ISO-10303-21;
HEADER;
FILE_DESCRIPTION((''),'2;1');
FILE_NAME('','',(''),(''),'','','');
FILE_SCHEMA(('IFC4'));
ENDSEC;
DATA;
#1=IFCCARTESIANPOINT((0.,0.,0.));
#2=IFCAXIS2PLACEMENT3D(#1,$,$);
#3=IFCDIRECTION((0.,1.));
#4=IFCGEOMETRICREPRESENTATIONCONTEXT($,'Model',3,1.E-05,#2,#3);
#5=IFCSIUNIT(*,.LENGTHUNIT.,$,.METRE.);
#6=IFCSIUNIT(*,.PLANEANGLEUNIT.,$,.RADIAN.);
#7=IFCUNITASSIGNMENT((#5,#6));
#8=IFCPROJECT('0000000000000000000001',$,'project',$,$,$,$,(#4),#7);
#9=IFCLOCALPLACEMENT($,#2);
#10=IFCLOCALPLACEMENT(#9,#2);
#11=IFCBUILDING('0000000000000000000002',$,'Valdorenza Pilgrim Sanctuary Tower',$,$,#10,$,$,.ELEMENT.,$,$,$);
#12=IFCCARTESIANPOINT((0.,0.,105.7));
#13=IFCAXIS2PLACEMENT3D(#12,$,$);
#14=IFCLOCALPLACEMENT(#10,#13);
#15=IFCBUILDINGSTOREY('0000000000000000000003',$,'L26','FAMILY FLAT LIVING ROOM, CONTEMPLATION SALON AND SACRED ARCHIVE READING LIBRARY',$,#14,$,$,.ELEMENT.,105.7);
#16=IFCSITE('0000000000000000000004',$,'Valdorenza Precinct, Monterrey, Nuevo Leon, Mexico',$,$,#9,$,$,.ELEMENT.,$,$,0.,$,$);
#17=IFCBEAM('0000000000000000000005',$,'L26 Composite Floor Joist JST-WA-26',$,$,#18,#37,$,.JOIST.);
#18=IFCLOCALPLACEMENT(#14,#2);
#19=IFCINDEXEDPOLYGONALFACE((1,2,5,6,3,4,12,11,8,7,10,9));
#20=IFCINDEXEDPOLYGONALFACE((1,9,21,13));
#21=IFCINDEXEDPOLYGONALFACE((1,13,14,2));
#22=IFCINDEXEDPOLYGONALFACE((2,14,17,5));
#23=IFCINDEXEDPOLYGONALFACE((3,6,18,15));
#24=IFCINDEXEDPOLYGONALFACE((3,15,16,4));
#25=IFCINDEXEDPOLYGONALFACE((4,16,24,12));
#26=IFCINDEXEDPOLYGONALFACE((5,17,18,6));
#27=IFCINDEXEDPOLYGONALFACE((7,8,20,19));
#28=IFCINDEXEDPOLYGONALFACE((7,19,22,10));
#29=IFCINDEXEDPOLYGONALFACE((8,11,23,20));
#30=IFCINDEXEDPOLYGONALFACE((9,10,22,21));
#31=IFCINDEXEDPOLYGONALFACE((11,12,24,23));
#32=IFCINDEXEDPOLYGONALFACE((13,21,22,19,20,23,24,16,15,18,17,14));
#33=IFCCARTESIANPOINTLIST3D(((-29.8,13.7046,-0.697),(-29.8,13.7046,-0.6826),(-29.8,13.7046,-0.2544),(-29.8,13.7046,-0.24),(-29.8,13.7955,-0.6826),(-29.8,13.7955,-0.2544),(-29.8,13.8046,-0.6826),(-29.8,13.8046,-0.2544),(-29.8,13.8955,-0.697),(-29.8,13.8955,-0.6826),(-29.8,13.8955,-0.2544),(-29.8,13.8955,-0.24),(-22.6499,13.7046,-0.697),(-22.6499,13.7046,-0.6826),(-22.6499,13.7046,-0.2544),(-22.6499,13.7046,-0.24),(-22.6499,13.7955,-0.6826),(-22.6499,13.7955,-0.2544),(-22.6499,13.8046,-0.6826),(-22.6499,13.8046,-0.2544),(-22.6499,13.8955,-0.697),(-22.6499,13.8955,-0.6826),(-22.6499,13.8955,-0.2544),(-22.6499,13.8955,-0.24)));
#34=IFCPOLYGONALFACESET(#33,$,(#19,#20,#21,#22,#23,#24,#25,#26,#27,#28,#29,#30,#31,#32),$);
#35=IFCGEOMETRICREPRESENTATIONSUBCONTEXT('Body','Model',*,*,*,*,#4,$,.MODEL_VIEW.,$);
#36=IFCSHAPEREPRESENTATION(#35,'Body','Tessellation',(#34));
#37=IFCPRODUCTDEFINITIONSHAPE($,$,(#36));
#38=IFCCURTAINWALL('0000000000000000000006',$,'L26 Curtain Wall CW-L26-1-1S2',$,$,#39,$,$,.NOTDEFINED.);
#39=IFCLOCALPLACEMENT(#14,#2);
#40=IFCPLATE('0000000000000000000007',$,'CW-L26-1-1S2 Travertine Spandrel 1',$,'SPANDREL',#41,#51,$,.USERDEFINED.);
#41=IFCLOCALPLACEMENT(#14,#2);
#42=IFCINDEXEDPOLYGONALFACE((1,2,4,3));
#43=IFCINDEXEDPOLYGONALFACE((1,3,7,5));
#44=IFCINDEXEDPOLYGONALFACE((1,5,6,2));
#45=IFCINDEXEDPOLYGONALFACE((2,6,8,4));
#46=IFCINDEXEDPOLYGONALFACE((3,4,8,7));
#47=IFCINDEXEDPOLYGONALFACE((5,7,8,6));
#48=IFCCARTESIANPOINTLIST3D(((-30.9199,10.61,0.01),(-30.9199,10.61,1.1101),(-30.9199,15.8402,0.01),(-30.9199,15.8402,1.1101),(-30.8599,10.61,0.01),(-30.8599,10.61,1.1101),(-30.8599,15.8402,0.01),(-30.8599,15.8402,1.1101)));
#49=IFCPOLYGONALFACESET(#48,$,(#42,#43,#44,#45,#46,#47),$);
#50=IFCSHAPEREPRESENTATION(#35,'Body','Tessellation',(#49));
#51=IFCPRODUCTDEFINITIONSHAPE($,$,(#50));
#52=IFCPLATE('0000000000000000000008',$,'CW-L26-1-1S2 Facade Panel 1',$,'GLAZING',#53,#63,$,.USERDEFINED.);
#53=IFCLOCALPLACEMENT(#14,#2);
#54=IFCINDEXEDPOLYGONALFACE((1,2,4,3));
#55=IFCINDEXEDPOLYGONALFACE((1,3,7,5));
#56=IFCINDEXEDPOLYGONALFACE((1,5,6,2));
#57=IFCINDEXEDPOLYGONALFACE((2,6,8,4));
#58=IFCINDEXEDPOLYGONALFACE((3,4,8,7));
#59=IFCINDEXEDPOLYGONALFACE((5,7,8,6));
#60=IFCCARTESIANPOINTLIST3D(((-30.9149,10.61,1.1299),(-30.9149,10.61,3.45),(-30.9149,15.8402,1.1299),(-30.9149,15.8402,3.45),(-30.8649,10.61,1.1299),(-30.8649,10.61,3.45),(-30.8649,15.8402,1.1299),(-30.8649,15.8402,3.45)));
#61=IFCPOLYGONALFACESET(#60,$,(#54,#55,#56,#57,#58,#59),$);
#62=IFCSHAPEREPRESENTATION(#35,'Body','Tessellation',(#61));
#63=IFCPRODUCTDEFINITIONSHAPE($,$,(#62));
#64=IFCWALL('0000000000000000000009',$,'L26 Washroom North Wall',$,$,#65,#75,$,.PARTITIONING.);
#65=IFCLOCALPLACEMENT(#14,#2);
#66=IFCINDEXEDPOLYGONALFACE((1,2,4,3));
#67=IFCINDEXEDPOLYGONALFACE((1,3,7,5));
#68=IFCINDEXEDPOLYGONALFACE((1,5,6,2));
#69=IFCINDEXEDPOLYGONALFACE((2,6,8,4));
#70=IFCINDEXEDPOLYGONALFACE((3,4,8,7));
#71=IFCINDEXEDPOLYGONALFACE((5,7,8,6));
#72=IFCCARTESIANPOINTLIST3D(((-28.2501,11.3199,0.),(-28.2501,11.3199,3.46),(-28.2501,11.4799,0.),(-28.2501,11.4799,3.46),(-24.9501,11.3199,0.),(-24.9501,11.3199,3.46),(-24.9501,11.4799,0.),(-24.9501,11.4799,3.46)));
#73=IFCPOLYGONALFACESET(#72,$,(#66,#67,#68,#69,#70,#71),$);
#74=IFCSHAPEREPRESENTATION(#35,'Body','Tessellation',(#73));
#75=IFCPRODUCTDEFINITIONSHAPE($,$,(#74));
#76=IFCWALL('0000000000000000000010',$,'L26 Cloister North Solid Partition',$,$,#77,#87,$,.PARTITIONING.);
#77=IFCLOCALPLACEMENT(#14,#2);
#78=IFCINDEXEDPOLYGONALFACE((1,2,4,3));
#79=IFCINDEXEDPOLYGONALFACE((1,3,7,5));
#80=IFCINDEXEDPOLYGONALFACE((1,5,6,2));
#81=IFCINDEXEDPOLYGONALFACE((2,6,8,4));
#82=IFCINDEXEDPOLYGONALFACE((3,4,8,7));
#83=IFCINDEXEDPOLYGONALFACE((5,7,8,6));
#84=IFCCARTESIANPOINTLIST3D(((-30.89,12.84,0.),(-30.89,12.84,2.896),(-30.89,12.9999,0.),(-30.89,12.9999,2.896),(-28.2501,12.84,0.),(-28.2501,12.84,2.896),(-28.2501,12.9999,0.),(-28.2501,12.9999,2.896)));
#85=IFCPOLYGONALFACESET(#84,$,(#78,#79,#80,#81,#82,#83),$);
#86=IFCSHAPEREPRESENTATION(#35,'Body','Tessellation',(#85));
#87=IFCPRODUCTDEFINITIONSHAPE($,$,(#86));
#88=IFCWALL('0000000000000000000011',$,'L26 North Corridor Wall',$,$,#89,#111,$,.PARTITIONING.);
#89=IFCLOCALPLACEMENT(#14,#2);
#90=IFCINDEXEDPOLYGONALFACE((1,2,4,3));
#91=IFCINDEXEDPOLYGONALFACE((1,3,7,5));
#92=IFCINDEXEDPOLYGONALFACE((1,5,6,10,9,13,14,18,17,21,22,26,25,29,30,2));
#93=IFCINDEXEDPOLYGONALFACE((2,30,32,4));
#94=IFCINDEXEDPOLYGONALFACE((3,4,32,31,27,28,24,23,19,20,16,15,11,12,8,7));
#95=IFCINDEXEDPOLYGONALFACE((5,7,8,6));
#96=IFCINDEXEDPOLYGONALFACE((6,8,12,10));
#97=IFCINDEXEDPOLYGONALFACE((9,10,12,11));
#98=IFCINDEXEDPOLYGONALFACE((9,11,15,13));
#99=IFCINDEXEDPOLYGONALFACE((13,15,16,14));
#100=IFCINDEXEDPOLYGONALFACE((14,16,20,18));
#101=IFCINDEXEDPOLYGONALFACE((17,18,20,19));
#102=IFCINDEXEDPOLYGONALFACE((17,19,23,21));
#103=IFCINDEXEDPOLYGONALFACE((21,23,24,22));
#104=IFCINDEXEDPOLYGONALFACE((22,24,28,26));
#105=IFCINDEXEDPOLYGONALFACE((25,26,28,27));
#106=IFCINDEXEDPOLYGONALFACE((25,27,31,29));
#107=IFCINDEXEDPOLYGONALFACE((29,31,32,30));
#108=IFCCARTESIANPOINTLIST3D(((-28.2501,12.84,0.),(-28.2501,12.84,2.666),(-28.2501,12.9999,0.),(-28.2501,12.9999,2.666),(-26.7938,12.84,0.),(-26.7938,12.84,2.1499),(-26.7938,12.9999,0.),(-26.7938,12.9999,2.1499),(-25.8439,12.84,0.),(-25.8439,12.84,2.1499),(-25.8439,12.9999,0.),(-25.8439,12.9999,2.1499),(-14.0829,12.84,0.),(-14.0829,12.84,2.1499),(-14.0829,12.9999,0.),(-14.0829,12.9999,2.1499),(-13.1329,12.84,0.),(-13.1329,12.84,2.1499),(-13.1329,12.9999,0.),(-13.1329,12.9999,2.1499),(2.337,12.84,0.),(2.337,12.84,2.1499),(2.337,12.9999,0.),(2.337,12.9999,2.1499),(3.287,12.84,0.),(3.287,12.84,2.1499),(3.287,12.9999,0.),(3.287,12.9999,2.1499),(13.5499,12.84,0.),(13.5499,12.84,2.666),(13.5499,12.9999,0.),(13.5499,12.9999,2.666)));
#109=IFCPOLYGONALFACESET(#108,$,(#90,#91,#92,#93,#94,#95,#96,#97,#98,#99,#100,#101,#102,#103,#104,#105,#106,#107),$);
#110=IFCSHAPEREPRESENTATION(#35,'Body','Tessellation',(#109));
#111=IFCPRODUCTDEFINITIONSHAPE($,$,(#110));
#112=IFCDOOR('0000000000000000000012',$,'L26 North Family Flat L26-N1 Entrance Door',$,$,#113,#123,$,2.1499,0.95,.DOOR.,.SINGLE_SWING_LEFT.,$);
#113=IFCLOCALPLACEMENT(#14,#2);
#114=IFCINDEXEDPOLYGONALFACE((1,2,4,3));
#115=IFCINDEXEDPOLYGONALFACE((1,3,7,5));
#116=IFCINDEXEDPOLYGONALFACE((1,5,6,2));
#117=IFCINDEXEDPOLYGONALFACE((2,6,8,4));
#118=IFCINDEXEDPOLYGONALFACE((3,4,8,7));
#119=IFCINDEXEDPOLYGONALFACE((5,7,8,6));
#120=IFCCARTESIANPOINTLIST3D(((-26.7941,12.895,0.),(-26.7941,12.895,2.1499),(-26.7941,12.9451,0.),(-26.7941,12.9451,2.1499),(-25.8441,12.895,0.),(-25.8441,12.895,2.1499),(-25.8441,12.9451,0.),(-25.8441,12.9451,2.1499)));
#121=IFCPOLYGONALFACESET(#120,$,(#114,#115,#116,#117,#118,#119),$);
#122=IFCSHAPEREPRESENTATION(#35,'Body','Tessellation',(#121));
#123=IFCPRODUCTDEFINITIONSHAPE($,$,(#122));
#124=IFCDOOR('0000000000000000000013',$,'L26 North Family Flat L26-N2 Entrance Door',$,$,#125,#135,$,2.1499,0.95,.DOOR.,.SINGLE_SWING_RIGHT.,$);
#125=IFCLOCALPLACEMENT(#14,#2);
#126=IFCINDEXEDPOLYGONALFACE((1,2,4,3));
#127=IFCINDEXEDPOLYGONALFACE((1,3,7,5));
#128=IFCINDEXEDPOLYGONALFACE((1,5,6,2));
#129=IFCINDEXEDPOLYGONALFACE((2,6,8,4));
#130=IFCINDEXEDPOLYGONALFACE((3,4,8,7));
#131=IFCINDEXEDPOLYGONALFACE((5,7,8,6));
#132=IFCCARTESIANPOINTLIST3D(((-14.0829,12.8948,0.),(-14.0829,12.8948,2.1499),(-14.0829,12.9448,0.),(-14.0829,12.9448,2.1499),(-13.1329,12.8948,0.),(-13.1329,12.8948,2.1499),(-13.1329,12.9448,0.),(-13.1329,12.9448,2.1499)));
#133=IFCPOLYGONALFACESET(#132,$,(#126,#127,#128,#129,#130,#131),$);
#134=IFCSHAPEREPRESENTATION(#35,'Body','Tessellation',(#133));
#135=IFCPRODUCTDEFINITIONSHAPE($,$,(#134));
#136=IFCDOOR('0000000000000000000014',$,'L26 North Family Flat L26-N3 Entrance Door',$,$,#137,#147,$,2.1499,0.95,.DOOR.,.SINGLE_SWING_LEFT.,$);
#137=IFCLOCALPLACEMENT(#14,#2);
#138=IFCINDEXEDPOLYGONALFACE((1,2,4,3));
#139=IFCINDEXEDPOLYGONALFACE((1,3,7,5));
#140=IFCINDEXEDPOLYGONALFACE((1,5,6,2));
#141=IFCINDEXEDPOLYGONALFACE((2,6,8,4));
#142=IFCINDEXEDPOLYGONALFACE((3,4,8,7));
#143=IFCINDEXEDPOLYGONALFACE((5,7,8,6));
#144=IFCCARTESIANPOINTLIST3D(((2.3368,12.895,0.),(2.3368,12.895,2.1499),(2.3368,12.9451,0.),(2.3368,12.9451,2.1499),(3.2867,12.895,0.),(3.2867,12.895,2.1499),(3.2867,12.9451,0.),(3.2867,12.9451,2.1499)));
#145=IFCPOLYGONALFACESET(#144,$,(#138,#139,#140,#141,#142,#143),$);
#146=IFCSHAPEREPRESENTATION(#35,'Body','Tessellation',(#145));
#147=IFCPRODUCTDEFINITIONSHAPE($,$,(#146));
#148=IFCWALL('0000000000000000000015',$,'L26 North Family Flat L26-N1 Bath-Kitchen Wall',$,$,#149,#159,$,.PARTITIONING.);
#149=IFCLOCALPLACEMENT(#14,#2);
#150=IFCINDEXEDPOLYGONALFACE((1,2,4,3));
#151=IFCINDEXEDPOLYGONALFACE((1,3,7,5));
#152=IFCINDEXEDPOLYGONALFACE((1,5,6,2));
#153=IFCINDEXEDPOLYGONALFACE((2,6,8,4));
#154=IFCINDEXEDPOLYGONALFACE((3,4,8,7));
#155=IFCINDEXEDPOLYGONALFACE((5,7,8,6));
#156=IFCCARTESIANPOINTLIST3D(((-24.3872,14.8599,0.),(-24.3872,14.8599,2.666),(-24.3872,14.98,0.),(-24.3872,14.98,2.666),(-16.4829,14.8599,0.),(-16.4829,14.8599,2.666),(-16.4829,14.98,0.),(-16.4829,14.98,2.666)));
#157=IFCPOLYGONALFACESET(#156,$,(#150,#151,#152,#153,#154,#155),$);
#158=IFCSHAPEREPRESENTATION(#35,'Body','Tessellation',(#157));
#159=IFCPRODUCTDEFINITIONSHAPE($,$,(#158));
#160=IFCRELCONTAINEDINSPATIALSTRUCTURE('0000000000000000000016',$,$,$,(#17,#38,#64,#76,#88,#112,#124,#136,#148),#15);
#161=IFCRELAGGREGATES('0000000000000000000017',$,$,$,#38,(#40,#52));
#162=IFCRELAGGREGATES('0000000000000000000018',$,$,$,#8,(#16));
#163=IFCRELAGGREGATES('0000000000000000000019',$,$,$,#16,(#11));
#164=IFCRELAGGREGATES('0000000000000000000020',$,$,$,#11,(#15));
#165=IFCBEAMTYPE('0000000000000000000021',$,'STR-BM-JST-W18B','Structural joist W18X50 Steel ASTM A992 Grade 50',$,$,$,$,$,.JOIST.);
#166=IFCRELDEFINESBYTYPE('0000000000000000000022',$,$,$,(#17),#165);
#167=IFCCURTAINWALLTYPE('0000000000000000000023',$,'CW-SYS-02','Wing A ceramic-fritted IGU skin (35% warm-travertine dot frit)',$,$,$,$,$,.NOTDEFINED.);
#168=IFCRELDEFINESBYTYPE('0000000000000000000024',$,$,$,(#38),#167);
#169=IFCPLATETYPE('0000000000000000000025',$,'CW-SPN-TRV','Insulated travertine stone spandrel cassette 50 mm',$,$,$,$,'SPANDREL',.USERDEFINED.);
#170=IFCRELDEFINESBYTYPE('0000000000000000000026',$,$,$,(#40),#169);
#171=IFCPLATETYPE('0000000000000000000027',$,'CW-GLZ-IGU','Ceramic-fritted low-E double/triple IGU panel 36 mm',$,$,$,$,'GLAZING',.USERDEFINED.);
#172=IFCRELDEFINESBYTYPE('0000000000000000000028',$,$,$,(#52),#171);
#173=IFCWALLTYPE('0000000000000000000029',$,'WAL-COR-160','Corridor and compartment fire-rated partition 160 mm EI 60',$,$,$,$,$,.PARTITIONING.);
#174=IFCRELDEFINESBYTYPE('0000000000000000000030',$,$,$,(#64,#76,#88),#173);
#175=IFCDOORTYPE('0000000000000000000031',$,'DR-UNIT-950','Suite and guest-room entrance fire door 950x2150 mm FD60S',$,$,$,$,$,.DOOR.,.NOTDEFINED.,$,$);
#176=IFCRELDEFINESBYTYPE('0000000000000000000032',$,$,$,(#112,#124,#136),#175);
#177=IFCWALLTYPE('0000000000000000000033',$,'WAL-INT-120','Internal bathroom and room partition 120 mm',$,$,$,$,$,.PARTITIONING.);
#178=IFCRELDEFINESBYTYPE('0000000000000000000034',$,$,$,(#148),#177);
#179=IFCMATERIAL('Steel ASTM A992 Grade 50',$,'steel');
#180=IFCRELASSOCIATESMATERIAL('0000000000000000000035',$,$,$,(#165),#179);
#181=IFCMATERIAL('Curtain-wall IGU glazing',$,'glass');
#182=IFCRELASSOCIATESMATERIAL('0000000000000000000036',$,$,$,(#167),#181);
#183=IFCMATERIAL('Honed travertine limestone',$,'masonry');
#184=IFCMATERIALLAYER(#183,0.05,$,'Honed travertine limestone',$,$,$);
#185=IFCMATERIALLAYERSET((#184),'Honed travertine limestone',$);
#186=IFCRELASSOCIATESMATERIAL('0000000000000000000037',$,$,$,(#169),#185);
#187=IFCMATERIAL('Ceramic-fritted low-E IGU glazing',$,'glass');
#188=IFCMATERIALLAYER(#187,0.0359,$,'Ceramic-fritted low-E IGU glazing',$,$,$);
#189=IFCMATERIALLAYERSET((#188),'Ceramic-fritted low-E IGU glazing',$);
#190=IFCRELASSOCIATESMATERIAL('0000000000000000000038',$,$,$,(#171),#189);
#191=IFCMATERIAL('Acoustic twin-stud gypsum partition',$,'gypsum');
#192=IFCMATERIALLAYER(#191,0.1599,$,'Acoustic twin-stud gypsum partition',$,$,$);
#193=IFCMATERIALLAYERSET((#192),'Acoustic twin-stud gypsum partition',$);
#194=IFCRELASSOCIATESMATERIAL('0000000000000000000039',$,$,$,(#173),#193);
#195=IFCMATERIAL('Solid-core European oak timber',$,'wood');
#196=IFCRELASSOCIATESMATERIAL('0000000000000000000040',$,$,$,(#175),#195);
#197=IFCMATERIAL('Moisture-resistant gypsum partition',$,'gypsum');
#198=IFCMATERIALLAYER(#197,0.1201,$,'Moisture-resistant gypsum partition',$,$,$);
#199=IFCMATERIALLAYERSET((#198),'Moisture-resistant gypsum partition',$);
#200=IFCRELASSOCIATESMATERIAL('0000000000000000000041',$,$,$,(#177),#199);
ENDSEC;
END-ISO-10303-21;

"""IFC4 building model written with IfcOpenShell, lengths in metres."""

from ifc_helpers import new_model, si_unit, direction, frame, frame_2d, origin, origin_2d, place, context, subcontext, project, spatial, rectangle, i_section, extrude, source, transform, mapped, material, layer, layer_set, material_profile, profile_set, type_object, element, fill, aggregate, save


model = new_model("IFC4")

# Units and contexts
model_context = context("Model", 3, precision=1e-05, world=origin(), true_north=direction((0.0, 1.0)))
body_context = subcontext(model_context, "Body", "Model", "MODEL_VIEW")
ifc_project = project(units=[si_unit("LENGTHUNIT", "METRE"), si_unit("PLANEANGLEUNIT", "RADIAN")], contexts=[model_context])

# Site, building, storey
site_placement = place(None, origin())
site = spatial("IfcSite", under=ifc_project, at=site_placement, Name="Valdorenza Precinct, Monterrey, Nuevo Leon, Mexico", CompositionType="ELEMENT", RefElevation=0.0)
building_placement = place(site_placement, origin())
building = spatial("IfcBuilding", under=site, at=building_placement, Name="Valdorenza Pilgrim Sanctuary Tower", CompositionType="ELEMENT")
storey_placement = place(building_placement, frame((0.0, 0.0, 105.7)))
storey = spatial("IfcBuildingStorey", under=building, at=storey_placement, Name="L26", Description="FAMILY FLAT LIVING ROOM, CONTEMPLATION SALON AND SACRED ARCHIVE READING LIBRARY", CompositionType="ELEMENT", Elevation=105.7)

# Beam
ifc_material_1 = material(Name="Steel ASTM A992 Grade 50", Category="steel")
ifc_material_profile_1 = material_profile(ifc_material_1, i_section(OverallWidth=0.1909, OverallDepth=0.457, WebThickness=0.009, FlangeThickness=0.0144, at=origin_2d()), Name="W18X50")
ifc_profile_set_1 = profile_set([ifc_material_profile_1], Name="Steel ASTM A992 Grade 50")
beam_type_1 = type_object("IfcBeamType", Name="STR-BM-JST-W18B", Description="Structural joist W18X50 Steel ASTM A992 Grade 50", PredefinedType="JOIST", material=ifc_profile_set_1)
shared_shape_1 = source(origin(), body_context, "Body", "SweptSolid", [
    extrude(i_section(OverallWidth=0.1909, OverallDepth=0.457, WebThickness=0.009, FlangeThickness=0.0144, at=origin_2d()), origin(), (0.0, 0.0, 1.0), 7.1501),
])
for number, where, z_axis, x_axis, name in (
    (1, (-29.8, 13.8, -0.4685), (1.0, 0.0, 0.0), (0.0, 1.0, 0.0), "L26 Composite Floor Joist JST-WA-26"),
):
    element("IfcBeam", number, at=place(storey_placement, frame(where, z_axis=z_axis, x_axis=x_axis)), inside=storey, type_object=beam_type_1, Name=name, PredefinedType="JOIST", context=body_context, shape_type="MappedRepresentation", body=[
        mapped(shared_shape_1, transform((0.0, 0.0, 0.0), x_axis=(1.0, 0.0, 0.0), y_axis=(0.0, 1.0, 0.0), z_axis=(0.0, 0.0, 1.0), scale=1.0)),
    ])

# Curtain wall, plates
ifc_material_2 = material(Name="Curtain-wall IGU glazing", Category="glass")
curtain_wall_type = type_object("IfcCurtainWallType", Name="CW-SYS-02", Description="Wing A ceramic-fritted IGU skin (35% warm-travertine dot frit)", PredefinedType="NOTDEFINED", material=ifc_material_2)
curtain_wall_placement = place(storey_placement, origin())
curtain_wall = element("IfcCurtainWall", 2, at=curtain_wall_placement, inside=storey, type_object=curtain_wall_type, Name="L26 Curtain Wall CW-L26-1-1S2", PredefinedType="NOTDEFINED")
ifc_material_3 = material(Name="Honed travertine limestone", Category="masonry")
ifc_layer_1 = layer(ifc_material_3, 0.05, Name="Honed travertine limestone")
ifc_layer_set_1 = layer_set([ifc_layer_1], Name="Honed travertine limestone")
plate_type_1 = type_object("IfcPlateType", Name="CW-SPN-TRV", Description="Insulated travertine stone spandrel cassette 50 mm", ElementType="SPANDREL", PredefinedType="USERDEFINED", material=ifc_layer_set_1)
shared_shape_2 = source(origin(), body_context, "Body", "SweptSolid", [
    extrude(rectangle(XDim=5.2302, YDim=0.0601, at=origin_2d()), origin(), (0.0, 0.0, 1.0), 1.1001),
])
plate_1_placement = place(storey_placement, frame((-30.8899, 13.2251, 0.01), z_axis=(0.0, 0.0, 1.0), x_axis=(0.0, 1.0, 0.0)))
plate_1 = element("IfcPlate", 3, at=plate_1_placement, type_object=plate_type_1, Name="CW-L26-1-1S2 Travertine Spandrel 1", ObjectType="SPANDREL", PredefinedType="USERDEFINED", context=body_context, shape_type="MappedRepresentation", body=[
    mapped(shared_shape_2, transform((0.0, 0.0, 0.0), x_axis=(1.0, 0.0, 0.0), y_axis=(0.0, 1.0, 0.0), z_axis=(0.0, 0.0, 1.0), scale=1.0)),
])
ifc_material_4 = material(Name="Ceramic-fritted low-E IGU glazing", Category="glass")
ifc_layer_2 = layer(ifc_material_4, 0.0359, Name="Ceramic-fritted low-E IGU glazing")
ifc_layer_set_2 = layer_set([ifc_layer_2], Name="Ceramic-fritted low-E IGU glazing")
plate_type_2 = type_object("IfcPlateType", Name="CW-GLZ-IGU", Description="Ceramic-fritted low-E double/triple IGU panel 36 mm", ElementType="GLAZING", PredefinedType="USERDEFINED", material=ifc_layer_set_2)
shared_shape_3 = source(origin(), body_context, "Body", "SweptSolid", [
    extrude(rectangle(XDim=5.2302, YDim=0.05, at=origin_2d()), origin(), (0.0, 0.0, 1.0), 2.3201),
])
plate_2_placement = place(storey_placement, frame((-30.8899, 13.2251, 1.1299), z_axis=(0.0, 0.0, 1.0), x_axis=(0.0, 1.0, 0.0)))
plate_2 = element("IfcPlate", 4, at=plate_2_placement, type_object=plate_type_2, Name="CW-L26-1-1S2 Facade Panel 1", ObjectType="GLAZING", PredefinedType="USERDEFINED", context=body_context, shape_type="MappedRepresentation", body=[
    mapped(shared_shape_3, transform((0.0, 0.0, 0.0), x_axis=(1.0, 0.0, 0.0), y_axis=(0.0, 1.0, 0.0), z_axis=(0.0, 0.0, 1.0), scale=1.0)),
])
aggregate(curtain_wall, [plate_1, plate_2])

# Walls
ifc_material_5 = material(Name="Acoustic twin-stud gypsum partition", Category="gypsum")
ifc_layer_3 = layer(ifc_material_5, 0.1599, Name="Acoustic twin-stud gypsum partition")
ifc_layer_set_3 = layer_set([ifc_layer_3], Name="Acoustic twin-stud gypsum partition")
wall_type_1 = type_object("IfcWallType", Name="WAL-COR-160", Description="Corridor and compartment fire-rated partition 160 mm EI 60", PredefinedType="PARTITIONING", material=ifc_layer_set_3)
wall_1_placement = place(storey_placement, frame((-28.25, 11.3999, 0.0), z_axis=(0.0, 0.0, 1.0), x_axis=(1.0, 0.0, 0.0)))
element("IfcWall", 5, at=wall_1_placement, inside=storey, type_object=wall_type_1, Name="L26 Washroom North Wall", PredefinedType="PARTITIONING", context=body_context, shape_type="SweptSolid", body=[
    extrude(rectangle(XDim=3.3, YDim=0.1599, at=frame_2d((1.6499, 0.0))), origin(), (0.0, 0.0, 1.0), 3.46),
])
wall_2_placement = place(storey_placement, frame((-30.8899, 12.9199, 0.0), z_axis=(0.0, 0.0, 1.0), x_axis=(1.0, 0.0, 0.0)))
element("IfcWall", 6, at=wall_2_placement, inside=storey, type_object=wall_type_1, Name="L26 Cloister North Solid Partition", PredefinedType="PARTITIONING", context=body_context, shape_type="SweptSolid", body=[
    extrude(rectangle(XDim=2.6399, YDim=0.1599, at=frame_2d((1.3198, 0.0))), origin(), (0.0, 0.0, 1.0), 2.896),
])

# Wall, openings, doors
wall_3_placement = place(storey_placement, frame((-28.25, 12.9199, 0.0), z_axis=(0.0, 0.0, 1.0), x_axis=(1.0, 0.0, 0.0)))
wall_3 = element("IfcWall", 7, at=wall_3_placement, inside=storey, type_object=wall_type_1, Name="L26 North Corridor Wall", PredefinedType="PARTITIONING", context=body_context, shape_type="SweptSolid", body=[
    extrude(rectangle(XDim=41.8, YDim=0.1599, at=frame_2d((20.8999, 0.0))), origin(), (0.0, 0.0, 1.0), 2.666),
])
opening_1_placement = place(wall_3_placement, frame((1.4561, 0.0, 0.0)))
opening_1 = element("IfcOpeningElement", 8, at=opening_1_placement, cuts=wall_3, PredefinedType="OPENING", context=body_context, shape_type="SweptSolid", body=[
    extrude(rectangle(XDim=0.95, YDim=2.1499, at=frame_2d((0.4751, 1.075))), frame((0.0, 0.0947, 0.0), z_axis=(0.0, -1.0, 0.0), x_axis=(1.0, 0.0, 0.0)), (0.0, 0.0, 1.0), 0.1897),
])
opening_2_placement = place(wall_3_placement, frame((14.167, 0.0, 0.0)))
opening_2 = element("IfcOpeningElement", 9, at=opening_2_placement, cuts=wall_3, PredefinedType="OPENING", context=body_context, shape_type="SweptSolid", body=[
    extrude(rectangle(XDim=0.95, YDim=2.1499, at=frame_2d((0.4751, 1.075))), frame((0.0, 0.0947, 0.0), z_axis=(0.0, -1.0, 0.0), x_axis=(1.0, 0.0, 0.0)), (0.0, 0.0, 1.0), 0.1897),
])
opening_3_placement = place(wall_3_placement, frame((30.5869, 0.0, 0.0)))
opening_3 = element("IfcOpeningElement", 10, at=opening_3_placement, cuts=wall_3, PredefinedType="OPENING", context=body_context, shape_type="SweptSolid", body=[
    extrude(rectangle(XDim=0.95, YDim=2.1499, at=frame_2d((0.4751, 1.075))), frame((0.0, 0.0947, 0.0), z_axis=(0.0, -1.0, 0.0), x_axis=(1.0, 0.0, 0.0)), (0.0, 0.0, 1.0), 0.1897),
])
ifc_material_6 = material(Name="Solid-core European oak timber", Category="wood")
door_type_1 = type_object("IfcDoorType", Name="DR-UNIT-950", Description="Suite and guest-room entrance fire door 950x2150 mm FD60S", OperationType="NOTDEFINED", PredefinedType="DOOR", material=ifc_material_6)
door_1_placement = place(opening_1_placement, frame((0.95, 0.0, 0.0), z_axis=(0.0, 0.0, 1.0), x_axis=(-1.0, 0.0, 0.0)))
door_1 = element("IfcDoor", 11, at=door_1_placement, inside=storey, type_object=door_type_1, Name="L26 North Family Flat L26-N1 Entrance Door", OperationType="SINGLE_SWING_LEFT", OverallHeight=2.1499, OverallWidth=0.95, PredefinedType="DOOR", context=body_context, shape_type="SweptSolid", body=[
    extrude(rectangle(XDim=0.95, YDim=2.1499, at=frame_2d((0.4751, 1.075))), frame((0.0, 0.0249, 0.0), z_axis=(0.0, -1.0, 0.0), x_axis=(1.0, 0.0, 0.0)), (0.0, 0.0, 1.0), 0.05),
])
fill(opening_1, door_1)
door_2_placement = place(opening_2_placement, origin())
door_2 = element("IfcDoor", 12, at=door_2_placement, inside=storey, type_object=door_type_1, Name="L26 North Family Flat L26-N2 Entrance Door", OperationType="SINGLE_SWING_RIGHT", OverallHeight=2.1499, OverallWidth=0.95, PredefinedType="DOOR", context=body_context, shape_type="SweptSolid", body=[
    extrude(rectangle(XDim=0.95, YDim=2.1499, at=frame_2d((0.4751, 1.075))), frame((0.0, 0.0249, 0.0), z_axis=(0.0, -1.0, 0.0), x_axis=(1.0, 0.0, 0.0)), (0.0, 0.0, 1.0), 0.05),
])
fill(opening_2, door_2)
door_3_placement = place(opening_3_placement, frame((0.95, 0.0, 0.0), z_axis=(0.0, 0.0, 1.0), x_axis=(-1.0, 0.0, 0.0)))
door_3 = element("IfcDoor", 13, at=door_3_placement, inside=storey, type_object=door_type_1, Name="L26 North Family Flat L26-N3 Entrance Door", OperationType="SINGLE_SWING_LEFT", OverallHeight=2.1499, OverallWidth=0.95, PredefinedType="DOOR", context=body_context, shape_type="SweptSolid", body=[
    extrude(rectangle(XDim=0.95, YDim=2.1499, at=frame_2d((0.4751, 1.075))), frame((0.0, 0.0249, 0.0), z_axis=(0.0, -1.0, 0.0), x_axis=(1.0, 0.0, 0.0)), (0.0, 0.0, 1.0), 0.05),
])
fill(opening_3, door_3)

# Wall
ifc_material_7 = material(Name="Moisture-resistant gypsum partition", Category="gypsum")
ifc_layer_4 = layer(ifc_material_7, 0.1201, Name="Moisture-resistant gypsum partition")
ifc_layer_set_4 = layer_set([ifc_layer_4], Name="Moisture-resistant gypsum partition")
wall_type_2 = type_object("IfcWallType", Name="WAL-INT-120", Description="Internal bathroom and room partition 120 mm", PredefinedType="PARTITIONING", material=ifc_layer_set_4)
wall_4_placement = place(storey_placement, frame((-24.3872, 14.9199, 0.0), z_axis=(0.0, 0.0, 1.0), x_axis=(1.0, 0.0, 0.0)))
element("IfcWall", 14, at=wall_4_placement, inside=storey, type_object=wall_type_2, Name="L26 North Family Flat L26-N1 Bath-Kitchen Wall", PredefinedType="PARTITIONING", context=body_context, shape_type="SweptSolid", body=[
    extrude(rectangle(XDim=7.9043, YDim=0.1201, at=frame_2d((3.9521, 0.0))), origin(), (0.0, 0.0, 1.0), 2.666),
])

save(model, "model.ifc")
